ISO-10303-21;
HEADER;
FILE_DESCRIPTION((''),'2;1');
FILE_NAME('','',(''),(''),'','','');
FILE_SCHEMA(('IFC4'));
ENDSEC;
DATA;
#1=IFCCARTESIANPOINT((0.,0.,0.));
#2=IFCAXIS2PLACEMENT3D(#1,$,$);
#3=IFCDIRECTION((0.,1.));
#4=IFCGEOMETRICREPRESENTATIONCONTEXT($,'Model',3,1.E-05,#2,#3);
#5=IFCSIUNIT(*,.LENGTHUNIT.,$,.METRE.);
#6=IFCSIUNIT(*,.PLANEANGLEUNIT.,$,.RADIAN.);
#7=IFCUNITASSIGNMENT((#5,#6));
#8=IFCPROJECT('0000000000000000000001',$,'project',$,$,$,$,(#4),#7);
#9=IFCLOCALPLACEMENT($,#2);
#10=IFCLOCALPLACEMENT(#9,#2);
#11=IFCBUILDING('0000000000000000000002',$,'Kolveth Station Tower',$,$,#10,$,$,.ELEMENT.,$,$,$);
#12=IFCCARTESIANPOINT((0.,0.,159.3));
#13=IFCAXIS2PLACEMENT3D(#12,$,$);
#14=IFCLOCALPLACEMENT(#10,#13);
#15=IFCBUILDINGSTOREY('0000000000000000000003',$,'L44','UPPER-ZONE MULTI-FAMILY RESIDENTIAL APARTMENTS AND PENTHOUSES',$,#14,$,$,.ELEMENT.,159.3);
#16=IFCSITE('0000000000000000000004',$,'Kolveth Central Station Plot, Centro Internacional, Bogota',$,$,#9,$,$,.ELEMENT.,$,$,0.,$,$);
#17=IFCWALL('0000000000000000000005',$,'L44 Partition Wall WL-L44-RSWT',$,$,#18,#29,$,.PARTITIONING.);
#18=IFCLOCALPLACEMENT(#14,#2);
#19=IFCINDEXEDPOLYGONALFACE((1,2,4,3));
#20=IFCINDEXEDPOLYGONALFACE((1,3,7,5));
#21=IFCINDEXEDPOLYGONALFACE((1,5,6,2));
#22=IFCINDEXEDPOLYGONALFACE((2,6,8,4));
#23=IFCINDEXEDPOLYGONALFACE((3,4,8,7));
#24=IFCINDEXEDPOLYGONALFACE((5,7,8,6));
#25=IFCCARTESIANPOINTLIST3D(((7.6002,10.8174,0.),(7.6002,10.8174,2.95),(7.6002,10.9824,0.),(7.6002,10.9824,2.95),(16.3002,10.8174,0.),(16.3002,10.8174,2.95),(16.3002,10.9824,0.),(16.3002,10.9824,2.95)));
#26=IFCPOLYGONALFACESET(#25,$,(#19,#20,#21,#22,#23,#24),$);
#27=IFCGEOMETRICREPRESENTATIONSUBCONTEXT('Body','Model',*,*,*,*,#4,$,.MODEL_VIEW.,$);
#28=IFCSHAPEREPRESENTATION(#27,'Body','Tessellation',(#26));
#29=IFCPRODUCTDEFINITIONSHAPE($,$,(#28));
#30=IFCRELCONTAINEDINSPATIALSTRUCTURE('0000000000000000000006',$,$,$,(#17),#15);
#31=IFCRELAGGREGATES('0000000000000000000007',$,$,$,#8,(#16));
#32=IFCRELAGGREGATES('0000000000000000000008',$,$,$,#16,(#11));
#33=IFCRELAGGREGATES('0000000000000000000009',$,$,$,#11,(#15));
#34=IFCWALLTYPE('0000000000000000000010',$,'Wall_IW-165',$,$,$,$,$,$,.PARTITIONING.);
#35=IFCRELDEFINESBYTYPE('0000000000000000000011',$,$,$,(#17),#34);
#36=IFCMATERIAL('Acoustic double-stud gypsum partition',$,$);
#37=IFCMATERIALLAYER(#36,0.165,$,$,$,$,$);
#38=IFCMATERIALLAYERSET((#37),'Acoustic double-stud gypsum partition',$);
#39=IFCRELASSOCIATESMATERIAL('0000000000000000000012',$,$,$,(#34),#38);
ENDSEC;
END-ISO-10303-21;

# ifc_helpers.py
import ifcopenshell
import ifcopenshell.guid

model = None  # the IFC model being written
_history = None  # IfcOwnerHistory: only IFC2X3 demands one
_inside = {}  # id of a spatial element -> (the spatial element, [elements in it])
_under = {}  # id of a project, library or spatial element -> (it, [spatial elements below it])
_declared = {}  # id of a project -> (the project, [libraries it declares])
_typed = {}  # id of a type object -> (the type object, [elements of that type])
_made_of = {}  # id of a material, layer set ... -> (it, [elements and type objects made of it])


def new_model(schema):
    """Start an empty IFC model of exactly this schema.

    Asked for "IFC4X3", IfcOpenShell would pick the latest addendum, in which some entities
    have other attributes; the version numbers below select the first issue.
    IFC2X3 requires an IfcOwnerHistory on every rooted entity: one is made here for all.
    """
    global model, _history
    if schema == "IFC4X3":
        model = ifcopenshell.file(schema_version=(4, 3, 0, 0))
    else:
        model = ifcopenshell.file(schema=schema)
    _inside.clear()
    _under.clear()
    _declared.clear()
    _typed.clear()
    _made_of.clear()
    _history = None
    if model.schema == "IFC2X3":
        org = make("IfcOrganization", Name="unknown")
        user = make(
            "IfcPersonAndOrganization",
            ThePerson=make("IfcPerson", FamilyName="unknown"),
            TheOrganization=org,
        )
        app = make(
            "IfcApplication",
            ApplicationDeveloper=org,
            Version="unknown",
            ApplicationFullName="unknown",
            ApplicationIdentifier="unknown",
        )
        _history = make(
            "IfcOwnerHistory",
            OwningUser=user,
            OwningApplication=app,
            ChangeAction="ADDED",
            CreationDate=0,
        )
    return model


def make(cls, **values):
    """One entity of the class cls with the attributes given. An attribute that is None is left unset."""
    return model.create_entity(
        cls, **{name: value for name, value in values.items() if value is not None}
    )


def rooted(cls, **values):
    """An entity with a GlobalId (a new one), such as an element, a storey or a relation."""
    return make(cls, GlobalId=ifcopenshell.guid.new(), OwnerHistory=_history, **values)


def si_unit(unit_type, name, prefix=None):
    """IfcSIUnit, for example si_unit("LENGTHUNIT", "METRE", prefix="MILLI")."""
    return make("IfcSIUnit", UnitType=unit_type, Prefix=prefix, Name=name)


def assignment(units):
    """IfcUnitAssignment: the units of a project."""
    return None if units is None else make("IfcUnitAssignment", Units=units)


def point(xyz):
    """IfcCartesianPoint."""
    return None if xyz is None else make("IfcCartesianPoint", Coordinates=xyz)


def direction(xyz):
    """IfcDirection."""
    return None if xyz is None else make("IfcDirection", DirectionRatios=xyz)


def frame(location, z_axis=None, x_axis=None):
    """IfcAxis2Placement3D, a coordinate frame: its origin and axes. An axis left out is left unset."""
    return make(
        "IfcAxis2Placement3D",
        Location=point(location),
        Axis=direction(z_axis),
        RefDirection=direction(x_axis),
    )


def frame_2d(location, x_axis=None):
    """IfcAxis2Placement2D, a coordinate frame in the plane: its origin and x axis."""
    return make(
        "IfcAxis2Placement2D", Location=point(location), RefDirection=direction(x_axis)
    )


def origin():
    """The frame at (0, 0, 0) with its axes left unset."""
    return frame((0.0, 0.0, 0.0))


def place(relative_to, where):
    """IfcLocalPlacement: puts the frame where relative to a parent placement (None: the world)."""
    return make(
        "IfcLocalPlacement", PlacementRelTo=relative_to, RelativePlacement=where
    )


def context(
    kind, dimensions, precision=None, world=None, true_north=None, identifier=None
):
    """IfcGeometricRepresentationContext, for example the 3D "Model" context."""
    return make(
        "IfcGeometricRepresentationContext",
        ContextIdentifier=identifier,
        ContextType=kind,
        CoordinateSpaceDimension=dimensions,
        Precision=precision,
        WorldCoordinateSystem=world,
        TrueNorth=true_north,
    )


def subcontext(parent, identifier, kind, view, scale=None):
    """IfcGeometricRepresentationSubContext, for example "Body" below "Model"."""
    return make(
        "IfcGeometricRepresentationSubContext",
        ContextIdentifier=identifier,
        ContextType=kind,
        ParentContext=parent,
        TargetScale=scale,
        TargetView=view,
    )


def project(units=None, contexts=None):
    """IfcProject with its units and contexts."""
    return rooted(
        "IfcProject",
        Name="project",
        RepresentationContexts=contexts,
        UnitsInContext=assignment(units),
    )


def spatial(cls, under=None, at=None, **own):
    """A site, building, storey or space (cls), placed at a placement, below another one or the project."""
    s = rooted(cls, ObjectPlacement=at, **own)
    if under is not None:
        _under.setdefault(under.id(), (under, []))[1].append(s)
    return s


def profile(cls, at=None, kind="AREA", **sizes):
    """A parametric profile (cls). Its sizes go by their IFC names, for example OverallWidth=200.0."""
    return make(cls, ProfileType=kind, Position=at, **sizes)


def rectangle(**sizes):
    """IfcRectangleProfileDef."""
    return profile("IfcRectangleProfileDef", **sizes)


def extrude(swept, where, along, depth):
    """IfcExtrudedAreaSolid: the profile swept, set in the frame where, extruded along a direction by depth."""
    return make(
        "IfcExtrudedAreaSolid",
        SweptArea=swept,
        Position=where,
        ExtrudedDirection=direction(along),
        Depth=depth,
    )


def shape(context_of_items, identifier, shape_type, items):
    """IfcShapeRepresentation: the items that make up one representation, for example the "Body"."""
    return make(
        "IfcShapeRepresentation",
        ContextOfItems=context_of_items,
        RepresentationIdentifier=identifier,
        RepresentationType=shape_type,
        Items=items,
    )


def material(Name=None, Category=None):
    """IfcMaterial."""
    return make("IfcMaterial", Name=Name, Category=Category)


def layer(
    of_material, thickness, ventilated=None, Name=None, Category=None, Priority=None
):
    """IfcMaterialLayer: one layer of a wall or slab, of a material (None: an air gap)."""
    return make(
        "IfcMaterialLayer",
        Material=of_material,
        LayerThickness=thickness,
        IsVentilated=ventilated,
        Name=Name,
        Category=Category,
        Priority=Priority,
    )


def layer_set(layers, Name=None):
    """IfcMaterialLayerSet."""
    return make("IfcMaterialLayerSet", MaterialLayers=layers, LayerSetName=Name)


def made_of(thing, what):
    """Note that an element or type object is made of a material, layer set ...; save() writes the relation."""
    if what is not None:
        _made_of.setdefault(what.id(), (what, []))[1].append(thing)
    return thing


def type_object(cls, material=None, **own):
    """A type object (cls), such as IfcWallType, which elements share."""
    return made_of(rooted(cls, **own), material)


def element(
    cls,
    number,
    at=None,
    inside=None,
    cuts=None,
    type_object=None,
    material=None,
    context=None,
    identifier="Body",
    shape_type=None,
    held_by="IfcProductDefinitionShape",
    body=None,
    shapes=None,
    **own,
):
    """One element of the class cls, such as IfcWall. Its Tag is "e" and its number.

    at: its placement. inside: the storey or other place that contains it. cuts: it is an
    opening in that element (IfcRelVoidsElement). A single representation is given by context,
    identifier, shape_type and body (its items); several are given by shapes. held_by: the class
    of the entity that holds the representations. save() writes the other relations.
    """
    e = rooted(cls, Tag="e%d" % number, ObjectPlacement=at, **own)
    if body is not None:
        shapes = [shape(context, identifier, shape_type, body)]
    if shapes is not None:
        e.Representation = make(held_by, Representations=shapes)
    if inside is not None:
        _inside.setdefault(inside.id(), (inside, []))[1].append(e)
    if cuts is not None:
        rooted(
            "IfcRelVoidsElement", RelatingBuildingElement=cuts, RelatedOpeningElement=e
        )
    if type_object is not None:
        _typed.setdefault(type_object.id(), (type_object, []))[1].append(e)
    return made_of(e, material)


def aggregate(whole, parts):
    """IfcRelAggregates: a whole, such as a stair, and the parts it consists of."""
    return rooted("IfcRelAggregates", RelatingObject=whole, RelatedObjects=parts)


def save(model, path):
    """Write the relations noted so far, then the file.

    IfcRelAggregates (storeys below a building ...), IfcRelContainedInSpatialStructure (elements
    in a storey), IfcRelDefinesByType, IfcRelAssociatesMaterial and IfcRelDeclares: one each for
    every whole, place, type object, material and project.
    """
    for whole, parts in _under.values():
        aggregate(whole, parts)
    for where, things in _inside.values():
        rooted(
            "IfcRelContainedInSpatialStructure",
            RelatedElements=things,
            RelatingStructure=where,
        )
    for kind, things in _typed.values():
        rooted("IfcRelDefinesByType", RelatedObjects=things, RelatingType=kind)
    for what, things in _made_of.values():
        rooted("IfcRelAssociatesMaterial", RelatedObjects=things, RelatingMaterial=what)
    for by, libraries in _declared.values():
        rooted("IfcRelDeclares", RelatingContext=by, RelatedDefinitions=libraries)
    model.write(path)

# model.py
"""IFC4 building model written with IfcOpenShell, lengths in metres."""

from ifc_helpers import new_model, si_unit, direction, frame, frame_2d, origin, place, context, subcontext, project, spatial, rectangle, extrude, material, layer, layer_set, type_object, element, save


model = new_model("IFC4")

# Units and contexts
model_context = context("Model", 3, precision=1e-05, world=origin(), true_north=direction((0.0, 1.0)))
body_context = subcontext(model_context, "Body", "Model", "MODEL_VIEW")
ifc_project = project(units=[si_unit("LENGTHUNIT", "METRE"), si_unit("PLANEANGLEUNIT", "RADIAN")], contexts=[model_context])

# Site, building, storey
site_placement = place(None, origin())
site = spatial("IfcSite", under=ifc_project, at=site_placement, Name="Kolveth Central Station Plot, Centro Internacional, Bogota", CompositionType="ELEMENT", RefElevation=0.0)
building_placement = place(site_placement, origin())
building = spatial("IfcBuilding", under=site, at=building_placement, Name="Kolveth Station Tower", CompositionType="ELEMENT")
storey_placement = place(building_placement, frame((0.0, 0.0, 159.3)))
storey = spatial("IfcBuildingStorey", under=building, at=storey_placement, Name="L44", Description="UPPER-ZONE MULTI-FAMILY RESIDENTIAL APARTMENTS AND PENTHOUSES", CompositionType="ELEMENT", Elevation=159.3)

# Wall
ifc_material_1 = material(Name="Acoustic double-stud gypsum partition")
ifc_layer_1 = layer(ifc_material_1, 0.165)
ifc_layer_set_1 = layer_set([ifc_layer_1], Name="Acoustic double-stud gypsum partition")
wall_type_1 = type_object("IfcWallType", Name="Wall_IW-165", PredefinedType="PARTITIONING", material=ifc_layer_set_1)
wall_1_placement = place(storey_placement, frame((7.6001, 10.8999, 0.0), z_axis=(0.0, 0.0, 1.0), x_axis=(1.0, 0.0, 0.0)))
element("IfcWall", 1, at=wall_1_placement, inside=storey, type_object=wall_type_1, Name="L44 Partition Wall WL-L44-RSWT", PredefinedType="PARTITIONING", context=body_context, shape_type="SweptSolid", body=[
    extrude(rectangle(XDim=8.7, YDim=0.165, at=frame_2d((4.3501, 0.0))), origin(), (0.0, 0.0, 1.0), 2.95),
])

save(model, "model.ifc")
